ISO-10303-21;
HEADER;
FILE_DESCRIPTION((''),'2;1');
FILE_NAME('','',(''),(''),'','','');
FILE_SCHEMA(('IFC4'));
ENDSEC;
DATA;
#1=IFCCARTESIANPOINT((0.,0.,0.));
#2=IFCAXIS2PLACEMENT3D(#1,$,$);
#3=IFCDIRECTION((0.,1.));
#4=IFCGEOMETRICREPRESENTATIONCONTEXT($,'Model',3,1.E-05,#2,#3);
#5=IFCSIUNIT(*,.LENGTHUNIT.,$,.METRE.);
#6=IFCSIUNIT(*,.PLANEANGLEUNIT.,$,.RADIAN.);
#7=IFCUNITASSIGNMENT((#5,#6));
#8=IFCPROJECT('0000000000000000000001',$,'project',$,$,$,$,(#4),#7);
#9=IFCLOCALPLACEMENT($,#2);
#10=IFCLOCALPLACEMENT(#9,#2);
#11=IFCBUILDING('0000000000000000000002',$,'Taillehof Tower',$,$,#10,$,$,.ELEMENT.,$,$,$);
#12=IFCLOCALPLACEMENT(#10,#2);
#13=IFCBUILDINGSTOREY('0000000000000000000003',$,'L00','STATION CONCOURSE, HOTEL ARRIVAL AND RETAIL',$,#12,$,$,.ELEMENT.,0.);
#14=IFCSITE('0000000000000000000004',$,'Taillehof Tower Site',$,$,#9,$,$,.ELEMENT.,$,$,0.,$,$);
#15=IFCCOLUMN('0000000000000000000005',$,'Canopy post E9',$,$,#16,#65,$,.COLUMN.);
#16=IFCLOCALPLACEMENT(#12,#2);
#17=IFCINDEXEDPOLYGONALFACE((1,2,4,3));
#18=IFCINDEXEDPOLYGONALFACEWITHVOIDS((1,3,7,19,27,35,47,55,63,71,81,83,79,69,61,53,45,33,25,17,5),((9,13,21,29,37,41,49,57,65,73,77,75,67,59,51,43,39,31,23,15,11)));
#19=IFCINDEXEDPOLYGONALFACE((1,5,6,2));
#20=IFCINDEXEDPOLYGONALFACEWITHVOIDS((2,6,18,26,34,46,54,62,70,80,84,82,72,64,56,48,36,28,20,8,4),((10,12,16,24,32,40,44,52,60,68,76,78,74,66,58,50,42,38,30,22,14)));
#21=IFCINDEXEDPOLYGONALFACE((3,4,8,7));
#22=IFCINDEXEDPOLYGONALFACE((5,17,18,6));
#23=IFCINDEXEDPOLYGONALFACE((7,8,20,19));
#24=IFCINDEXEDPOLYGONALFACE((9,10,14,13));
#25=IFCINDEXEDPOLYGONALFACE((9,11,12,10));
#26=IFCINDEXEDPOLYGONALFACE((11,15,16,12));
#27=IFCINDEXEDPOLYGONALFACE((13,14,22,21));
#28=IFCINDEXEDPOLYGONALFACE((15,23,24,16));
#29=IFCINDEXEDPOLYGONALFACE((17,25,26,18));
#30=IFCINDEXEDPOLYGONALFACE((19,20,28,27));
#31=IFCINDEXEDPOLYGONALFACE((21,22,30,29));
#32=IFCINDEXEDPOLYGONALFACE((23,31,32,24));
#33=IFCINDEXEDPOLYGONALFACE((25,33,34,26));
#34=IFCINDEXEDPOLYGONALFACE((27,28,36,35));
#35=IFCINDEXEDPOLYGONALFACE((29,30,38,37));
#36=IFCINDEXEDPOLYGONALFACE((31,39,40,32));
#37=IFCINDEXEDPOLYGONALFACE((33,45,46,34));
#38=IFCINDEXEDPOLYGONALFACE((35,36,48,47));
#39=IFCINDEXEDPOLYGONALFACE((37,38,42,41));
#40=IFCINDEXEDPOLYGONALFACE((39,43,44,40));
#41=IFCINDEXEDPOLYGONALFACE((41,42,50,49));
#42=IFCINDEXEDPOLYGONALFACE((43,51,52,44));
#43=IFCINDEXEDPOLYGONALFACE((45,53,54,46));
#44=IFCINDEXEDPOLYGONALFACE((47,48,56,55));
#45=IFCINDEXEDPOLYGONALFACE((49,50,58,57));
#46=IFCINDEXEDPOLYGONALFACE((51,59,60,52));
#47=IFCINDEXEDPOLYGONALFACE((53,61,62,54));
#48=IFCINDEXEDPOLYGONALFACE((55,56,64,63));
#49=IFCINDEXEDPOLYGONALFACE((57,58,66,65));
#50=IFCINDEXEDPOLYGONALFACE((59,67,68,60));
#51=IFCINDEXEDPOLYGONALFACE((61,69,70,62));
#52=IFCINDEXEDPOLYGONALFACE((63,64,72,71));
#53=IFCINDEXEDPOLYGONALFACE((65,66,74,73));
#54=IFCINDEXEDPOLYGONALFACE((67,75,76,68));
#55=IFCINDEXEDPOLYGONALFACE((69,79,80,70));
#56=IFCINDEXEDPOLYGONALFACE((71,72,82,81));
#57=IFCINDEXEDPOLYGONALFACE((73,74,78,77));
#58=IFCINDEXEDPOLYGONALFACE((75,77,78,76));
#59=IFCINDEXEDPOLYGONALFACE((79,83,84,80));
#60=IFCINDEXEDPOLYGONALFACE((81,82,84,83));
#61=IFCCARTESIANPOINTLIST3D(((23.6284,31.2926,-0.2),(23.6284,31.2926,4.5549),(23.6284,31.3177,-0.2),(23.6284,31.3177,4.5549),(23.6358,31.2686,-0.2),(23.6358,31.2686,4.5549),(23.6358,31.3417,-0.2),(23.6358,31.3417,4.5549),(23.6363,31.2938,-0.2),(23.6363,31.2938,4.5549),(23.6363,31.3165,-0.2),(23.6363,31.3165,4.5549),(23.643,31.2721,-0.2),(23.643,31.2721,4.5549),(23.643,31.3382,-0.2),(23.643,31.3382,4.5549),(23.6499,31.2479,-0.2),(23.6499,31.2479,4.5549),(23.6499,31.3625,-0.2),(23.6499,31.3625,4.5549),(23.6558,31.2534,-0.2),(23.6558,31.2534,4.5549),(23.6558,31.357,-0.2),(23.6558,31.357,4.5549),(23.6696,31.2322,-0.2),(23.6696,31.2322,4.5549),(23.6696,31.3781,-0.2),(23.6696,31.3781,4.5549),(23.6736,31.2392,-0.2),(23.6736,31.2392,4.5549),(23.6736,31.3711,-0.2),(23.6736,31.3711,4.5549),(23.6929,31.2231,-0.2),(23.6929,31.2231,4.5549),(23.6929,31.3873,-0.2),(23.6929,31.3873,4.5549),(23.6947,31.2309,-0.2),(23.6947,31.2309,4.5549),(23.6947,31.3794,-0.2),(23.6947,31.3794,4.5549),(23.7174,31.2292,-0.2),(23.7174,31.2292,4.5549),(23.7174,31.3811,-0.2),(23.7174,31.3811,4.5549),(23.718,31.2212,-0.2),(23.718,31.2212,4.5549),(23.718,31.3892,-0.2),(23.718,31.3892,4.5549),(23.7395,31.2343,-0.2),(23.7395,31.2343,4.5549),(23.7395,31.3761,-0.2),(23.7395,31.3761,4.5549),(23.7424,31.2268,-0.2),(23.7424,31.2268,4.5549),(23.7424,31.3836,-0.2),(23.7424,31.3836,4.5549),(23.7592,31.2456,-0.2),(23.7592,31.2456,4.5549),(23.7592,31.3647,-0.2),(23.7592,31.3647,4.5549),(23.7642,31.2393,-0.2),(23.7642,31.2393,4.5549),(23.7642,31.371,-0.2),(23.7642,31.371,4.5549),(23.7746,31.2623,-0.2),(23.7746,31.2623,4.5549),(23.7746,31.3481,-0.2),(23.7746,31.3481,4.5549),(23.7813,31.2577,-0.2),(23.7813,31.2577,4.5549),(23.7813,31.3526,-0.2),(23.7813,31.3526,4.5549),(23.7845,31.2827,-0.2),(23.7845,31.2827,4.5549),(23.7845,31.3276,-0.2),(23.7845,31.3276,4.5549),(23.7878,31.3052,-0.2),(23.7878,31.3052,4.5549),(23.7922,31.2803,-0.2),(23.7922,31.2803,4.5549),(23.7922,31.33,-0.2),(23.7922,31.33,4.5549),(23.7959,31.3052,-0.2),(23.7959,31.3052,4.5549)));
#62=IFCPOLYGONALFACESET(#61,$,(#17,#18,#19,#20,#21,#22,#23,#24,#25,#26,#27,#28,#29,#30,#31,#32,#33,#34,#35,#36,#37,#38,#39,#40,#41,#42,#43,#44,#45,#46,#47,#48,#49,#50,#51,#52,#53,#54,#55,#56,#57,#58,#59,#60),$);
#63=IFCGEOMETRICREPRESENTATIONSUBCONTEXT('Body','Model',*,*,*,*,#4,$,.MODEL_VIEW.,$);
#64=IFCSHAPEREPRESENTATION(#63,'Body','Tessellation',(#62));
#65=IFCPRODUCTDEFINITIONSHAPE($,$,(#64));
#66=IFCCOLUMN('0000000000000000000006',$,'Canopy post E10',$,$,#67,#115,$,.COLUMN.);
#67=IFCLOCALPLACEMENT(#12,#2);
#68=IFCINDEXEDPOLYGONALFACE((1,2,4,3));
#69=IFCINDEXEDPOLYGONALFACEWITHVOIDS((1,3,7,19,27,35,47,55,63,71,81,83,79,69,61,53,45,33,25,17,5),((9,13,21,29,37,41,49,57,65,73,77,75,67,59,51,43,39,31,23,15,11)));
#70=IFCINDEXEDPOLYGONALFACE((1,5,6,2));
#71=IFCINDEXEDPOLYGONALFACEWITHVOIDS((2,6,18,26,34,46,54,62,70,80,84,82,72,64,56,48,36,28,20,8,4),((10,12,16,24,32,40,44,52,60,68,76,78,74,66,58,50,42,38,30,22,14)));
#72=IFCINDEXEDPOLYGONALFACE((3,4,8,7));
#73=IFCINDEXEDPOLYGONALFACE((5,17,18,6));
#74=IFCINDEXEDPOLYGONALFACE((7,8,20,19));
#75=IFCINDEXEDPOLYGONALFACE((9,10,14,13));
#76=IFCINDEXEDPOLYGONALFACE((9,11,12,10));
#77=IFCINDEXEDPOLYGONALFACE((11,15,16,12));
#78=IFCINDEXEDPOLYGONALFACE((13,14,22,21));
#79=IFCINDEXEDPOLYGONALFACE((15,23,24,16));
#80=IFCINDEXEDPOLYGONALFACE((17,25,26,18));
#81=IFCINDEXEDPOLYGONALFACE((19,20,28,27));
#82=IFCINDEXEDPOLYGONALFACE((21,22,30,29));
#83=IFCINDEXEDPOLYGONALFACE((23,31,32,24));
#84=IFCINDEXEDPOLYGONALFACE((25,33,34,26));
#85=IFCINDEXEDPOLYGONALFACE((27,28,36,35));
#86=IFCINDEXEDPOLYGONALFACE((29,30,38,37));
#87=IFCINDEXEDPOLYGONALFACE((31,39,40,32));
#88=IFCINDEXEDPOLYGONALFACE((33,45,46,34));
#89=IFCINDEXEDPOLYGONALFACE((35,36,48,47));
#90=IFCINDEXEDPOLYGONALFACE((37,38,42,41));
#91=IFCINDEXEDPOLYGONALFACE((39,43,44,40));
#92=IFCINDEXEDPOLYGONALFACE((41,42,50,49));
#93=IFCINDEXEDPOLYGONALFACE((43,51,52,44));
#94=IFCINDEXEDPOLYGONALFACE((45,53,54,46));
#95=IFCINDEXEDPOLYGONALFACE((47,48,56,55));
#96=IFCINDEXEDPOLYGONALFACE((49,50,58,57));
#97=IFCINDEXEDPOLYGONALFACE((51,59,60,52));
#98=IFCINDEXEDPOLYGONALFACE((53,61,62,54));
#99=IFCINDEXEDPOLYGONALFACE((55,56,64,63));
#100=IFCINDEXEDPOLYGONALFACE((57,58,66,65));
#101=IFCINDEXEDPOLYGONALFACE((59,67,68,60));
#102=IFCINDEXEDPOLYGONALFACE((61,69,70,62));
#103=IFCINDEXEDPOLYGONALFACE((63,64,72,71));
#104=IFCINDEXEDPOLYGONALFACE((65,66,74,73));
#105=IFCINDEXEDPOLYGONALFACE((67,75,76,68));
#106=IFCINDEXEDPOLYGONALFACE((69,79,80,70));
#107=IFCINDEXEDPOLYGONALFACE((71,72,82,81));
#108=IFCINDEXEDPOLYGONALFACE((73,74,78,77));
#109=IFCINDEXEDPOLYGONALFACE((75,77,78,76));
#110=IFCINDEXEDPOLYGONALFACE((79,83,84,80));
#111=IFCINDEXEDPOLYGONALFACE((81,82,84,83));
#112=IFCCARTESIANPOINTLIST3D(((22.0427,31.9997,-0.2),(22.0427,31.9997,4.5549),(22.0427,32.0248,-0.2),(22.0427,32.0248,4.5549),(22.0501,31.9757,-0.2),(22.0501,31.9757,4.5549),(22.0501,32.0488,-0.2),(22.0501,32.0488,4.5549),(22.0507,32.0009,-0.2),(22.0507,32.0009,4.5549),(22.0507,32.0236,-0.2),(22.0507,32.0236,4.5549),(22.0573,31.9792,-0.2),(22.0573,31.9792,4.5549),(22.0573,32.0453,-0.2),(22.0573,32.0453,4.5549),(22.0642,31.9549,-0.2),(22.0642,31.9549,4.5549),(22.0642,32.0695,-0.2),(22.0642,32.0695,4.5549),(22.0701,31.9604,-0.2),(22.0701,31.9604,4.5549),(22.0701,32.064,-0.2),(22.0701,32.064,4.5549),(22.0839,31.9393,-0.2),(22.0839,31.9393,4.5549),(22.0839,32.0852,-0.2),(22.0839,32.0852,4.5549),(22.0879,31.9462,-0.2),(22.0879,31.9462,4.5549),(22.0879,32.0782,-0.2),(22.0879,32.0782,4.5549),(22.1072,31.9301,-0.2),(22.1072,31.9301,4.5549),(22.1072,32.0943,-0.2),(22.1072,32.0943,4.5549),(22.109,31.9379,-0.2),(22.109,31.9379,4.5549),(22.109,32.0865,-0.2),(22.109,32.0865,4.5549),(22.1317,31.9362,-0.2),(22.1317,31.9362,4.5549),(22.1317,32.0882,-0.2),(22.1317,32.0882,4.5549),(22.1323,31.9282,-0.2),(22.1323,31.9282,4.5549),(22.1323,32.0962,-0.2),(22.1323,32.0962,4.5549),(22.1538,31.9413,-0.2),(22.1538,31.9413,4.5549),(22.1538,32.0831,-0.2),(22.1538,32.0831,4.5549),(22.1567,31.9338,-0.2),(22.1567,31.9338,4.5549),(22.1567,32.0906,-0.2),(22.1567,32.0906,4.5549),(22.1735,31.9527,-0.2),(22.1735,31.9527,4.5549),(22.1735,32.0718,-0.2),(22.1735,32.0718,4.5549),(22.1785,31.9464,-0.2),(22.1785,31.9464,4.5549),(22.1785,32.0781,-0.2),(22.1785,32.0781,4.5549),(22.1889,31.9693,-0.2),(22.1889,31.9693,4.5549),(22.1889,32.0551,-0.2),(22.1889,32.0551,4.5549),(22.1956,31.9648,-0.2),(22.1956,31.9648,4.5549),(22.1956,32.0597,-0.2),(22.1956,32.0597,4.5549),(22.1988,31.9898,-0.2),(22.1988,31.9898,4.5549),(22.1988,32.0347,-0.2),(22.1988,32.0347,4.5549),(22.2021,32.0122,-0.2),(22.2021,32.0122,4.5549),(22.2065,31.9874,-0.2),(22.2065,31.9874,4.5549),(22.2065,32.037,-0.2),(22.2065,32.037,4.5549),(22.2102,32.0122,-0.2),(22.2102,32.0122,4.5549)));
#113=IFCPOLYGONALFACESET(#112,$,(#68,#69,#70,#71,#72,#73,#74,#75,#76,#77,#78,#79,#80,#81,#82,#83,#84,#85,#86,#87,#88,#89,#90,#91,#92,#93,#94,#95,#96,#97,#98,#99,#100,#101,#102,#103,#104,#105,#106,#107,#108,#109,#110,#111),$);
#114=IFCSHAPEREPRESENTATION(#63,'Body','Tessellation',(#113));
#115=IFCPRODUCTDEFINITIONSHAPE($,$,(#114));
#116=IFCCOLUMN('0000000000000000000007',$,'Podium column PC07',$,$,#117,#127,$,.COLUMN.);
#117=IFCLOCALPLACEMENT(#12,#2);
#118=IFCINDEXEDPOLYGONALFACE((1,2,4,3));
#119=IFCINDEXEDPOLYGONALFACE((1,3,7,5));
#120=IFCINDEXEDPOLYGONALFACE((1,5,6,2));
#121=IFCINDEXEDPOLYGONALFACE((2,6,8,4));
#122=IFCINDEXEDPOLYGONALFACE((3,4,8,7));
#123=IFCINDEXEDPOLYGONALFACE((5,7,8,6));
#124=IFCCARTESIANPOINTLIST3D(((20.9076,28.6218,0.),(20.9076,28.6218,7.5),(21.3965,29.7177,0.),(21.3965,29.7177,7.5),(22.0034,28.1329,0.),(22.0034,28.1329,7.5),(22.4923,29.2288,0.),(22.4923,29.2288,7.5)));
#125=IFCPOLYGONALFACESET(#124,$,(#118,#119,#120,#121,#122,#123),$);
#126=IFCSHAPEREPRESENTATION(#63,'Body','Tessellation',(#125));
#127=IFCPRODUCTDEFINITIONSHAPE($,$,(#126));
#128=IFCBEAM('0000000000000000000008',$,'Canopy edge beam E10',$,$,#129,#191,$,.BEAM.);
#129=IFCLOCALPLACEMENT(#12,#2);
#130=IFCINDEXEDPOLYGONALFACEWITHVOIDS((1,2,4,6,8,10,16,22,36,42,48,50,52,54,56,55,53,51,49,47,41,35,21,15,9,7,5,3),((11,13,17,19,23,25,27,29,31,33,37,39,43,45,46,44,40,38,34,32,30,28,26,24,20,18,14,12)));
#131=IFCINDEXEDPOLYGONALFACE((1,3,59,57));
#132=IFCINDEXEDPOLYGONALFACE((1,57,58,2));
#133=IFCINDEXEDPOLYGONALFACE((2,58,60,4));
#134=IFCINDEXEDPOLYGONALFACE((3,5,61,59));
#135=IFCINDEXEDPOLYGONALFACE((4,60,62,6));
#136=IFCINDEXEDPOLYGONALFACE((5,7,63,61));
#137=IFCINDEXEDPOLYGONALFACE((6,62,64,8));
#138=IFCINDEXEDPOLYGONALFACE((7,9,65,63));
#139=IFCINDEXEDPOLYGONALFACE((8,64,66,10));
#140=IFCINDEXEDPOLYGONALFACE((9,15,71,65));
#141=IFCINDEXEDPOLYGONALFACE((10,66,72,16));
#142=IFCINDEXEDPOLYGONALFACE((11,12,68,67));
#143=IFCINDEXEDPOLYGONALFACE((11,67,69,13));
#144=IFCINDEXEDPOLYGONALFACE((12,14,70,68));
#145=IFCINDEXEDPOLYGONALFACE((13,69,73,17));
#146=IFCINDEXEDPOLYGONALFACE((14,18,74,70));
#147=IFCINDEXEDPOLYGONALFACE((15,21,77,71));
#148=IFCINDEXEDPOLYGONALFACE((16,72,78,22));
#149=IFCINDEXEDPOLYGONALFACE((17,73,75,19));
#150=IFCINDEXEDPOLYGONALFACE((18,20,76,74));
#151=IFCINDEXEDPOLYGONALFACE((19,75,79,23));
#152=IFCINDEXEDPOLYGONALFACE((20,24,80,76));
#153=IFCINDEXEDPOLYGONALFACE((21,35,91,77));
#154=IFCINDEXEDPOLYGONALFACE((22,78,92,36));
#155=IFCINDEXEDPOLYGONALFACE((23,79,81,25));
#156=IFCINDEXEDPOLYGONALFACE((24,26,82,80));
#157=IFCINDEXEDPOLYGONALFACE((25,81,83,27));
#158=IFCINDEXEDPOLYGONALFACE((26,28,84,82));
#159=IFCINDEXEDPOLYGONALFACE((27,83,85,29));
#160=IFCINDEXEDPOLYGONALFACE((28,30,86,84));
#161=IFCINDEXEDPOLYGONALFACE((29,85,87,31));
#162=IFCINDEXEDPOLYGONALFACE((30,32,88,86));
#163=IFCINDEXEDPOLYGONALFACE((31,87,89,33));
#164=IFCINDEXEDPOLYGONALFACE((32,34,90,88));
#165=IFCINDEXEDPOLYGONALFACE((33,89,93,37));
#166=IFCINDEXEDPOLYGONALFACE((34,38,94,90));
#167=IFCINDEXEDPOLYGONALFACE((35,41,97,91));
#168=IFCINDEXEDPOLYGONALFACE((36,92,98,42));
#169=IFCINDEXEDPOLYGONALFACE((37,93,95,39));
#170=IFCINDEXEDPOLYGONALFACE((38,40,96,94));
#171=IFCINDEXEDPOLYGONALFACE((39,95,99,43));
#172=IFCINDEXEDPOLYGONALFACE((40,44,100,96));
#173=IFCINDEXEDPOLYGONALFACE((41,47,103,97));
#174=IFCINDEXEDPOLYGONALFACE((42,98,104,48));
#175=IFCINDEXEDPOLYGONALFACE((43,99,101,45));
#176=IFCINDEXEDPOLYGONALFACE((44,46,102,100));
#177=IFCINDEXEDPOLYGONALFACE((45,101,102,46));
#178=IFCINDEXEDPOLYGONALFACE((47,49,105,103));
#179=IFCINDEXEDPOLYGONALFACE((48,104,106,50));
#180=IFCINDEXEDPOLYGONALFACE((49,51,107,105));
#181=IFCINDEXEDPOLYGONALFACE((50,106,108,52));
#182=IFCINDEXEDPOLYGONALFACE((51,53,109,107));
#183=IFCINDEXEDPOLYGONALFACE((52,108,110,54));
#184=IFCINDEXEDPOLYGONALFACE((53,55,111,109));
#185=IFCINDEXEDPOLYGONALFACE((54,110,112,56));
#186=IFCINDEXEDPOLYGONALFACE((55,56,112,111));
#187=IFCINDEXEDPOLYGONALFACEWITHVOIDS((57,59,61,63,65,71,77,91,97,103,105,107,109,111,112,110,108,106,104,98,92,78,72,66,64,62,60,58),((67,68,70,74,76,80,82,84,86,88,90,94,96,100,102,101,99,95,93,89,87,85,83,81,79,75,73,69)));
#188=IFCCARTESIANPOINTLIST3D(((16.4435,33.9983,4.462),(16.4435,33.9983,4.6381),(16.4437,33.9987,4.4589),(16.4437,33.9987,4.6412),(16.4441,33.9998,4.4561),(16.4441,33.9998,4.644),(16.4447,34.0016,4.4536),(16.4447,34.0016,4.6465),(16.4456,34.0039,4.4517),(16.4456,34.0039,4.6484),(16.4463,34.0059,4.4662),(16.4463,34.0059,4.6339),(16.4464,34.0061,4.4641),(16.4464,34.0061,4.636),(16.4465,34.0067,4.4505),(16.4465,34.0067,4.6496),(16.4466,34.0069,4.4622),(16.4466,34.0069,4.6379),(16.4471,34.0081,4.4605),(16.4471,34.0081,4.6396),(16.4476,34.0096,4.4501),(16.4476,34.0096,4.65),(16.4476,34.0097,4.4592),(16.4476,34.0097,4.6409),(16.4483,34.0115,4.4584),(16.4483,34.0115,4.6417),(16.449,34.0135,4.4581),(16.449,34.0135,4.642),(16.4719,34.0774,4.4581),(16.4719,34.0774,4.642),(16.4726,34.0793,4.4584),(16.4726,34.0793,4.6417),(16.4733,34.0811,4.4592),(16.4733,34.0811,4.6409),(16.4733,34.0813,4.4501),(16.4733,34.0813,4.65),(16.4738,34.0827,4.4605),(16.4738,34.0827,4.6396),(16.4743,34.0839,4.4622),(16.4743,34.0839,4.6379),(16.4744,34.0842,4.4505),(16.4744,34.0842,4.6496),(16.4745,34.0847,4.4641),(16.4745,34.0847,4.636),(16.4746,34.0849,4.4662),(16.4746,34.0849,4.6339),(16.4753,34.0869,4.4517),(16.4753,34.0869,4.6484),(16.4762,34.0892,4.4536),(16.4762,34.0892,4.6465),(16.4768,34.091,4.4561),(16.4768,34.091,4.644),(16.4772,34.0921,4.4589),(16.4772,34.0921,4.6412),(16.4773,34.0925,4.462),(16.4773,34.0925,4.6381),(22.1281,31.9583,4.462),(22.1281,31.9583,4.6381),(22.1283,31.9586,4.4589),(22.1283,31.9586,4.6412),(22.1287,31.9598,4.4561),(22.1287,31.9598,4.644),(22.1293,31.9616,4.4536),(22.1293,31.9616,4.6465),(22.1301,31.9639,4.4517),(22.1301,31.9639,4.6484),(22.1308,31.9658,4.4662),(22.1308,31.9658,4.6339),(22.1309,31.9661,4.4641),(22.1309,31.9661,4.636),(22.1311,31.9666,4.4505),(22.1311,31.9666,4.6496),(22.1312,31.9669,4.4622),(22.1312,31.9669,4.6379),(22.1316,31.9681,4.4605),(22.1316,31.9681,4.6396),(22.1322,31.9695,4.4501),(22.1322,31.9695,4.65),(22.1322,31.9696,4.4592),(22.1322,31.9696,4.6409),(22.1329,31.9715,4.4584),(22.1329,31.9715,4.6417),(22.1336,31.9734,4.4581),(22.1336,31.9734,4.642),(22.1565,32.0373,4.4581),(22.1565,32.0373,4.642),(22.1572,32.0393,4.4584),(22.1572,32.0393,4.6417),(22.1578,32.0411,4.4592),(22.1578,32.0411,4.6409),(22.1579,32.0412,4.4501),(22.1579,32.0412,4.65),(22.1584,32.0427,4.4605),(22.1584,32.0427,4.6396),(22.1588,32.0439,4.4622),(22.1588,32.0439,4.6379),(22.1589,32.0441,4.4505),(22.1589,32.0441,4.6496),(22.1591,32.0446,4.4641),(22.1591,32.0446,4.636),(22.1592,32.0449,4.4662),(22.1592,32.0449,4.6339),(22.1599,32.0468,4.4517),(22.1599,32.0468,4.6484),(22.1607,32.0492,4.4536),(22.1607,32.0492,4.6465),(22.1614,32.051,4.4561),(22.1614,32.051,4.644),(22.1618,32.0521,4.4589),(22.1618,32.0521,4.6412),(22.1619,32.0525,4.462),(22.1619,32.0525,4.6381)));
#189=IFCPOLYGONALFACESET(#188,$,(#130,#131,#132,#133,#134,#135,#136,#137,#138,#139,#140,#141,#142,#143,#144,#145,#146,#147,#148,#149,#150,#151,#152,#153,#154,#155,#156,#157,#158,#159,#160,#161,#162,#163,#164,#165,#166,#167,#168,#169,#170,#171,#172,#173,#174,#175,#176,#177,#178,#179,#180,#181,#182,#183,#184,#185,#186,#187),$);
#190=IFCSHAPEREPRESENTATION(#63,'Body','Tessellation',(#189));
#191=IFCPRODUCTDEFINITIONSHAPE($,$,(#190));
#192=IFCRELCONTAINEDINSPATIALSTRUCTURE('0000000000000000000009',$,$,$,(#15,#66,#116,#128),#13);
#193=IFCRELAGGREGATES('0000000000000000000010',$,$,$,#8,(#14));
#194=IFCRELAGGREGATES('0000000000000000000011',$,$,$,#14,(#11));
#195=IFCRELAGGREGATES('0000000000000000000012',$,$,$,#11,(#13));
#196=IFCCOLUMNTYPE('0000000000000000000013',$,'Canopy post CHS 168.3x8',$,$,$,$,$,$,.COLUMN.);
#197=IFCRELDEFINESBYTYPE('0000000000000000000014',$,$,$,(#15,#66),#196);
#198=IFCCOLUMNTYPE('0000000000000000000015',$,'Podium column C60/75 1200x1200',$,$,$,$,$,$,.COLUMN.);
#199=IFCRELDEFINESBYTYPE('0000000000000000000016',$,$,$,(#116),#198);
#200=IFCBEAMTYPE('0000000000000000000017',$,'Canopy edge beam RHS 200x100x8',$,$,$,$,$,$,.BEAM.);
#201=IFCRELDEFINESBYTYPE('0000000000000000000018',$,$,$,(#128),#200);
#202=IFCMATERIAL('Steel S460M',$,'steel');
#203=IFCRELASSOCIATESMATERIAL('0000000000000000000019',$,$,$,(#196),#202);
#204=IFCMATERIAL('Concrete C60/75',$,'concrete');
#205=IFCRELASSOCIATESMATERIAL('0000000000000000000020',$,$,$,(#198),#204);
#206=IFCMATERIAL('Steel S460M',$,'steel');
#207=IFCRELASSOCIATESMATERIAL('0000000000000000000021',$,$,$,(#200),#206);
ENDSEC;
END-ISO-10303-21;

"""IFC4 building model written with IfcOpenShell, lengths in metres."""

from ifc_helpers import new_model, si_unit, direction, frame, origin, origin_2d, place, context, subcontext, project, spatial, rectangle, hollow_rectangle, hollow_circle, extrude, material, material_profile, profile_set, type_object, element, save


model = new_model("IFC4")

# Units and contexts
model_context = context("Model", 3, precision=1e-05, world=origin(), true_north=direction((0.0, 1.0)))
body_context = subcontext(model_context, "Body", "Model", "MODEL_VIEW")
ifc_project = project(units=[si_unit("LENGTHUNIT", "METRE"), si_unit("PLANEANGLEUNIT", "RADIAN")], contexts=[model_context])

# Site, building, storey
site_placement = place(None, origin())
site = spatial("IfcSite", under=ifc_project, at=site_placement, Name="Taillehof Tower Site", CompositionType="ELEMENT", RefElevation=0.0)
building_placement = place(site_placement, origin())
building = spatial("IfcBuilding", under=site, at=building_placement, Name="Taillehof Tower", CompositionType="ELEMENT")
storey_placement = place(building_placement, origin())
storey = spatial("IfcBuildingStorey", under=building, at=storey_placement, Name="L00", Description="STATION CONCOURSE, HOTEL ARRIVAL AND RETAIL", CompositionType="ELEMENT", Elevation=0.0)

# Columns
ifc_material_1 = material(Name="Steel S460M", Category="steel")
ifc_material_profile_1 = material_profile(ifc_material_1, hollow_circle(Radius=0.0842, WallThickness=0.0081, at=origin_2d()), Name="CHS 168.3x8")
ifc_profile_set_1 = profile_set([ifc_material_profile_1], Name="Steel S460M")
column_type_1 = type_object("IfcColumnType", Name="Canopy post CHS 168.3x8", PredefinedType="COLUMN", material=ifc_profile_set_1)
for number, where, z_axis, x_axis, name in (
    (1, (23.7117, 31.3052, -0.2), (0.0, 0.0, 1.0), (1.0, 0.0, 0.0), "Canopy post E9"),
    (2, (22.126, 32.0122, -0.2), (0.0, 0.0, 1.0), (1.0, 0.0, 0.0), "Canopy post E10"),
):
    element("IfcColumn", number, at=place(storey_placement, frame(where, z_axis=z_axis, x_axis=x_axis)), inside=storey, type_object=column_type_1, Name=name, PredefinedType="COLUMN", context=body_context, shape_type="SweptSolid", body=[
        extrude(hollow_circle(Radius=0.0842, WallThickness=0.0081, at=origin_2d()), origin(), (0.0, 0.0, 1.0), 4.7549),
    ])
ifc_material_2 = material(Name="Concrete C60/75", Category="concrete")
ifc_material_profile_2 = material_profile(ifc_material_2, rectangle(XDim=1.2, YDim=1.2, at=origin_2d()), Name="RC 1200x1200")
ifc_profile_set_2 = profile_set([ifc_material_profile_2], Name="Concrete C60/75")
column_type_2 = type_object("IfcColumnType", Name="Podium column C60/75 1200x1200", PredefinedType="COLUMN", material=ifc_profile_set_2)
column_placement = place(storey_placement, frame((21.7, 28.9253, 0.0), z_axis=(0.0, 0.0, 1.0), x_axis=(0.407427, 0.913238, 0.0)))
element("IfcColumn", 3, at=column_placement, inside=storey, type_object=column_type_2, Name="Podium column PC07", PredefinedType="COLUMN", context=body_context, shape_type="SweptSolid", body=[
    extrude(rectangle(XDim=1.2, YDim=1.2, at=origin_2d()), origin(), (0.0, 0.0, 1.0), 7.5),
])

# Beam
ifc_material_3 = material(Name="Steel S460M", Category="steel")
ifc_material_profile_3 = material_profile(ifc_material_3, hollow_rectangle(XDim=0.1001, YDim=0.2, WallThickness=0.0081, InnerFilletRadius=0.0081, OuterFilletRadius=0.012, at=origin_2d()), Name="RHS 200x100x8")
ifc_profile_set_3 = profile_set([ifc_material_profile_3], Name="Steel S460M")
beam_type_1 = type_object("IfcBeamType", Name="Canopy edge beam RHS 200x100x8", PredefinedType="BEAM", material=ifc_profile_set_3)
beam_1_placement = place(storey_placement, frame((22.145, 32.0054, 4.55), z_axis=(-0.941225, 0.33778, 0.0), x_axis=(-0.33778, -0.941225, 0.0)))
element("IfcBeam", 4, at=beam_1_placement, inside=storey, type_object=beam_type_1, Name="Canopy edge beam E10", PredefinedType="BEAM", context=body_context, shape_type="SweptSolid", body=[
    extrude(hollow_rectangle(XDim=0.1001, YDim=0.2, WallThickness=0.0081, InnerFilletRadius=0.0081, OuterFilletRadius=0.012, at=origin_2d()), origin(), (0.0, 0.0, 1.0), 6.0396),
])

save(model, "model.ifc")
